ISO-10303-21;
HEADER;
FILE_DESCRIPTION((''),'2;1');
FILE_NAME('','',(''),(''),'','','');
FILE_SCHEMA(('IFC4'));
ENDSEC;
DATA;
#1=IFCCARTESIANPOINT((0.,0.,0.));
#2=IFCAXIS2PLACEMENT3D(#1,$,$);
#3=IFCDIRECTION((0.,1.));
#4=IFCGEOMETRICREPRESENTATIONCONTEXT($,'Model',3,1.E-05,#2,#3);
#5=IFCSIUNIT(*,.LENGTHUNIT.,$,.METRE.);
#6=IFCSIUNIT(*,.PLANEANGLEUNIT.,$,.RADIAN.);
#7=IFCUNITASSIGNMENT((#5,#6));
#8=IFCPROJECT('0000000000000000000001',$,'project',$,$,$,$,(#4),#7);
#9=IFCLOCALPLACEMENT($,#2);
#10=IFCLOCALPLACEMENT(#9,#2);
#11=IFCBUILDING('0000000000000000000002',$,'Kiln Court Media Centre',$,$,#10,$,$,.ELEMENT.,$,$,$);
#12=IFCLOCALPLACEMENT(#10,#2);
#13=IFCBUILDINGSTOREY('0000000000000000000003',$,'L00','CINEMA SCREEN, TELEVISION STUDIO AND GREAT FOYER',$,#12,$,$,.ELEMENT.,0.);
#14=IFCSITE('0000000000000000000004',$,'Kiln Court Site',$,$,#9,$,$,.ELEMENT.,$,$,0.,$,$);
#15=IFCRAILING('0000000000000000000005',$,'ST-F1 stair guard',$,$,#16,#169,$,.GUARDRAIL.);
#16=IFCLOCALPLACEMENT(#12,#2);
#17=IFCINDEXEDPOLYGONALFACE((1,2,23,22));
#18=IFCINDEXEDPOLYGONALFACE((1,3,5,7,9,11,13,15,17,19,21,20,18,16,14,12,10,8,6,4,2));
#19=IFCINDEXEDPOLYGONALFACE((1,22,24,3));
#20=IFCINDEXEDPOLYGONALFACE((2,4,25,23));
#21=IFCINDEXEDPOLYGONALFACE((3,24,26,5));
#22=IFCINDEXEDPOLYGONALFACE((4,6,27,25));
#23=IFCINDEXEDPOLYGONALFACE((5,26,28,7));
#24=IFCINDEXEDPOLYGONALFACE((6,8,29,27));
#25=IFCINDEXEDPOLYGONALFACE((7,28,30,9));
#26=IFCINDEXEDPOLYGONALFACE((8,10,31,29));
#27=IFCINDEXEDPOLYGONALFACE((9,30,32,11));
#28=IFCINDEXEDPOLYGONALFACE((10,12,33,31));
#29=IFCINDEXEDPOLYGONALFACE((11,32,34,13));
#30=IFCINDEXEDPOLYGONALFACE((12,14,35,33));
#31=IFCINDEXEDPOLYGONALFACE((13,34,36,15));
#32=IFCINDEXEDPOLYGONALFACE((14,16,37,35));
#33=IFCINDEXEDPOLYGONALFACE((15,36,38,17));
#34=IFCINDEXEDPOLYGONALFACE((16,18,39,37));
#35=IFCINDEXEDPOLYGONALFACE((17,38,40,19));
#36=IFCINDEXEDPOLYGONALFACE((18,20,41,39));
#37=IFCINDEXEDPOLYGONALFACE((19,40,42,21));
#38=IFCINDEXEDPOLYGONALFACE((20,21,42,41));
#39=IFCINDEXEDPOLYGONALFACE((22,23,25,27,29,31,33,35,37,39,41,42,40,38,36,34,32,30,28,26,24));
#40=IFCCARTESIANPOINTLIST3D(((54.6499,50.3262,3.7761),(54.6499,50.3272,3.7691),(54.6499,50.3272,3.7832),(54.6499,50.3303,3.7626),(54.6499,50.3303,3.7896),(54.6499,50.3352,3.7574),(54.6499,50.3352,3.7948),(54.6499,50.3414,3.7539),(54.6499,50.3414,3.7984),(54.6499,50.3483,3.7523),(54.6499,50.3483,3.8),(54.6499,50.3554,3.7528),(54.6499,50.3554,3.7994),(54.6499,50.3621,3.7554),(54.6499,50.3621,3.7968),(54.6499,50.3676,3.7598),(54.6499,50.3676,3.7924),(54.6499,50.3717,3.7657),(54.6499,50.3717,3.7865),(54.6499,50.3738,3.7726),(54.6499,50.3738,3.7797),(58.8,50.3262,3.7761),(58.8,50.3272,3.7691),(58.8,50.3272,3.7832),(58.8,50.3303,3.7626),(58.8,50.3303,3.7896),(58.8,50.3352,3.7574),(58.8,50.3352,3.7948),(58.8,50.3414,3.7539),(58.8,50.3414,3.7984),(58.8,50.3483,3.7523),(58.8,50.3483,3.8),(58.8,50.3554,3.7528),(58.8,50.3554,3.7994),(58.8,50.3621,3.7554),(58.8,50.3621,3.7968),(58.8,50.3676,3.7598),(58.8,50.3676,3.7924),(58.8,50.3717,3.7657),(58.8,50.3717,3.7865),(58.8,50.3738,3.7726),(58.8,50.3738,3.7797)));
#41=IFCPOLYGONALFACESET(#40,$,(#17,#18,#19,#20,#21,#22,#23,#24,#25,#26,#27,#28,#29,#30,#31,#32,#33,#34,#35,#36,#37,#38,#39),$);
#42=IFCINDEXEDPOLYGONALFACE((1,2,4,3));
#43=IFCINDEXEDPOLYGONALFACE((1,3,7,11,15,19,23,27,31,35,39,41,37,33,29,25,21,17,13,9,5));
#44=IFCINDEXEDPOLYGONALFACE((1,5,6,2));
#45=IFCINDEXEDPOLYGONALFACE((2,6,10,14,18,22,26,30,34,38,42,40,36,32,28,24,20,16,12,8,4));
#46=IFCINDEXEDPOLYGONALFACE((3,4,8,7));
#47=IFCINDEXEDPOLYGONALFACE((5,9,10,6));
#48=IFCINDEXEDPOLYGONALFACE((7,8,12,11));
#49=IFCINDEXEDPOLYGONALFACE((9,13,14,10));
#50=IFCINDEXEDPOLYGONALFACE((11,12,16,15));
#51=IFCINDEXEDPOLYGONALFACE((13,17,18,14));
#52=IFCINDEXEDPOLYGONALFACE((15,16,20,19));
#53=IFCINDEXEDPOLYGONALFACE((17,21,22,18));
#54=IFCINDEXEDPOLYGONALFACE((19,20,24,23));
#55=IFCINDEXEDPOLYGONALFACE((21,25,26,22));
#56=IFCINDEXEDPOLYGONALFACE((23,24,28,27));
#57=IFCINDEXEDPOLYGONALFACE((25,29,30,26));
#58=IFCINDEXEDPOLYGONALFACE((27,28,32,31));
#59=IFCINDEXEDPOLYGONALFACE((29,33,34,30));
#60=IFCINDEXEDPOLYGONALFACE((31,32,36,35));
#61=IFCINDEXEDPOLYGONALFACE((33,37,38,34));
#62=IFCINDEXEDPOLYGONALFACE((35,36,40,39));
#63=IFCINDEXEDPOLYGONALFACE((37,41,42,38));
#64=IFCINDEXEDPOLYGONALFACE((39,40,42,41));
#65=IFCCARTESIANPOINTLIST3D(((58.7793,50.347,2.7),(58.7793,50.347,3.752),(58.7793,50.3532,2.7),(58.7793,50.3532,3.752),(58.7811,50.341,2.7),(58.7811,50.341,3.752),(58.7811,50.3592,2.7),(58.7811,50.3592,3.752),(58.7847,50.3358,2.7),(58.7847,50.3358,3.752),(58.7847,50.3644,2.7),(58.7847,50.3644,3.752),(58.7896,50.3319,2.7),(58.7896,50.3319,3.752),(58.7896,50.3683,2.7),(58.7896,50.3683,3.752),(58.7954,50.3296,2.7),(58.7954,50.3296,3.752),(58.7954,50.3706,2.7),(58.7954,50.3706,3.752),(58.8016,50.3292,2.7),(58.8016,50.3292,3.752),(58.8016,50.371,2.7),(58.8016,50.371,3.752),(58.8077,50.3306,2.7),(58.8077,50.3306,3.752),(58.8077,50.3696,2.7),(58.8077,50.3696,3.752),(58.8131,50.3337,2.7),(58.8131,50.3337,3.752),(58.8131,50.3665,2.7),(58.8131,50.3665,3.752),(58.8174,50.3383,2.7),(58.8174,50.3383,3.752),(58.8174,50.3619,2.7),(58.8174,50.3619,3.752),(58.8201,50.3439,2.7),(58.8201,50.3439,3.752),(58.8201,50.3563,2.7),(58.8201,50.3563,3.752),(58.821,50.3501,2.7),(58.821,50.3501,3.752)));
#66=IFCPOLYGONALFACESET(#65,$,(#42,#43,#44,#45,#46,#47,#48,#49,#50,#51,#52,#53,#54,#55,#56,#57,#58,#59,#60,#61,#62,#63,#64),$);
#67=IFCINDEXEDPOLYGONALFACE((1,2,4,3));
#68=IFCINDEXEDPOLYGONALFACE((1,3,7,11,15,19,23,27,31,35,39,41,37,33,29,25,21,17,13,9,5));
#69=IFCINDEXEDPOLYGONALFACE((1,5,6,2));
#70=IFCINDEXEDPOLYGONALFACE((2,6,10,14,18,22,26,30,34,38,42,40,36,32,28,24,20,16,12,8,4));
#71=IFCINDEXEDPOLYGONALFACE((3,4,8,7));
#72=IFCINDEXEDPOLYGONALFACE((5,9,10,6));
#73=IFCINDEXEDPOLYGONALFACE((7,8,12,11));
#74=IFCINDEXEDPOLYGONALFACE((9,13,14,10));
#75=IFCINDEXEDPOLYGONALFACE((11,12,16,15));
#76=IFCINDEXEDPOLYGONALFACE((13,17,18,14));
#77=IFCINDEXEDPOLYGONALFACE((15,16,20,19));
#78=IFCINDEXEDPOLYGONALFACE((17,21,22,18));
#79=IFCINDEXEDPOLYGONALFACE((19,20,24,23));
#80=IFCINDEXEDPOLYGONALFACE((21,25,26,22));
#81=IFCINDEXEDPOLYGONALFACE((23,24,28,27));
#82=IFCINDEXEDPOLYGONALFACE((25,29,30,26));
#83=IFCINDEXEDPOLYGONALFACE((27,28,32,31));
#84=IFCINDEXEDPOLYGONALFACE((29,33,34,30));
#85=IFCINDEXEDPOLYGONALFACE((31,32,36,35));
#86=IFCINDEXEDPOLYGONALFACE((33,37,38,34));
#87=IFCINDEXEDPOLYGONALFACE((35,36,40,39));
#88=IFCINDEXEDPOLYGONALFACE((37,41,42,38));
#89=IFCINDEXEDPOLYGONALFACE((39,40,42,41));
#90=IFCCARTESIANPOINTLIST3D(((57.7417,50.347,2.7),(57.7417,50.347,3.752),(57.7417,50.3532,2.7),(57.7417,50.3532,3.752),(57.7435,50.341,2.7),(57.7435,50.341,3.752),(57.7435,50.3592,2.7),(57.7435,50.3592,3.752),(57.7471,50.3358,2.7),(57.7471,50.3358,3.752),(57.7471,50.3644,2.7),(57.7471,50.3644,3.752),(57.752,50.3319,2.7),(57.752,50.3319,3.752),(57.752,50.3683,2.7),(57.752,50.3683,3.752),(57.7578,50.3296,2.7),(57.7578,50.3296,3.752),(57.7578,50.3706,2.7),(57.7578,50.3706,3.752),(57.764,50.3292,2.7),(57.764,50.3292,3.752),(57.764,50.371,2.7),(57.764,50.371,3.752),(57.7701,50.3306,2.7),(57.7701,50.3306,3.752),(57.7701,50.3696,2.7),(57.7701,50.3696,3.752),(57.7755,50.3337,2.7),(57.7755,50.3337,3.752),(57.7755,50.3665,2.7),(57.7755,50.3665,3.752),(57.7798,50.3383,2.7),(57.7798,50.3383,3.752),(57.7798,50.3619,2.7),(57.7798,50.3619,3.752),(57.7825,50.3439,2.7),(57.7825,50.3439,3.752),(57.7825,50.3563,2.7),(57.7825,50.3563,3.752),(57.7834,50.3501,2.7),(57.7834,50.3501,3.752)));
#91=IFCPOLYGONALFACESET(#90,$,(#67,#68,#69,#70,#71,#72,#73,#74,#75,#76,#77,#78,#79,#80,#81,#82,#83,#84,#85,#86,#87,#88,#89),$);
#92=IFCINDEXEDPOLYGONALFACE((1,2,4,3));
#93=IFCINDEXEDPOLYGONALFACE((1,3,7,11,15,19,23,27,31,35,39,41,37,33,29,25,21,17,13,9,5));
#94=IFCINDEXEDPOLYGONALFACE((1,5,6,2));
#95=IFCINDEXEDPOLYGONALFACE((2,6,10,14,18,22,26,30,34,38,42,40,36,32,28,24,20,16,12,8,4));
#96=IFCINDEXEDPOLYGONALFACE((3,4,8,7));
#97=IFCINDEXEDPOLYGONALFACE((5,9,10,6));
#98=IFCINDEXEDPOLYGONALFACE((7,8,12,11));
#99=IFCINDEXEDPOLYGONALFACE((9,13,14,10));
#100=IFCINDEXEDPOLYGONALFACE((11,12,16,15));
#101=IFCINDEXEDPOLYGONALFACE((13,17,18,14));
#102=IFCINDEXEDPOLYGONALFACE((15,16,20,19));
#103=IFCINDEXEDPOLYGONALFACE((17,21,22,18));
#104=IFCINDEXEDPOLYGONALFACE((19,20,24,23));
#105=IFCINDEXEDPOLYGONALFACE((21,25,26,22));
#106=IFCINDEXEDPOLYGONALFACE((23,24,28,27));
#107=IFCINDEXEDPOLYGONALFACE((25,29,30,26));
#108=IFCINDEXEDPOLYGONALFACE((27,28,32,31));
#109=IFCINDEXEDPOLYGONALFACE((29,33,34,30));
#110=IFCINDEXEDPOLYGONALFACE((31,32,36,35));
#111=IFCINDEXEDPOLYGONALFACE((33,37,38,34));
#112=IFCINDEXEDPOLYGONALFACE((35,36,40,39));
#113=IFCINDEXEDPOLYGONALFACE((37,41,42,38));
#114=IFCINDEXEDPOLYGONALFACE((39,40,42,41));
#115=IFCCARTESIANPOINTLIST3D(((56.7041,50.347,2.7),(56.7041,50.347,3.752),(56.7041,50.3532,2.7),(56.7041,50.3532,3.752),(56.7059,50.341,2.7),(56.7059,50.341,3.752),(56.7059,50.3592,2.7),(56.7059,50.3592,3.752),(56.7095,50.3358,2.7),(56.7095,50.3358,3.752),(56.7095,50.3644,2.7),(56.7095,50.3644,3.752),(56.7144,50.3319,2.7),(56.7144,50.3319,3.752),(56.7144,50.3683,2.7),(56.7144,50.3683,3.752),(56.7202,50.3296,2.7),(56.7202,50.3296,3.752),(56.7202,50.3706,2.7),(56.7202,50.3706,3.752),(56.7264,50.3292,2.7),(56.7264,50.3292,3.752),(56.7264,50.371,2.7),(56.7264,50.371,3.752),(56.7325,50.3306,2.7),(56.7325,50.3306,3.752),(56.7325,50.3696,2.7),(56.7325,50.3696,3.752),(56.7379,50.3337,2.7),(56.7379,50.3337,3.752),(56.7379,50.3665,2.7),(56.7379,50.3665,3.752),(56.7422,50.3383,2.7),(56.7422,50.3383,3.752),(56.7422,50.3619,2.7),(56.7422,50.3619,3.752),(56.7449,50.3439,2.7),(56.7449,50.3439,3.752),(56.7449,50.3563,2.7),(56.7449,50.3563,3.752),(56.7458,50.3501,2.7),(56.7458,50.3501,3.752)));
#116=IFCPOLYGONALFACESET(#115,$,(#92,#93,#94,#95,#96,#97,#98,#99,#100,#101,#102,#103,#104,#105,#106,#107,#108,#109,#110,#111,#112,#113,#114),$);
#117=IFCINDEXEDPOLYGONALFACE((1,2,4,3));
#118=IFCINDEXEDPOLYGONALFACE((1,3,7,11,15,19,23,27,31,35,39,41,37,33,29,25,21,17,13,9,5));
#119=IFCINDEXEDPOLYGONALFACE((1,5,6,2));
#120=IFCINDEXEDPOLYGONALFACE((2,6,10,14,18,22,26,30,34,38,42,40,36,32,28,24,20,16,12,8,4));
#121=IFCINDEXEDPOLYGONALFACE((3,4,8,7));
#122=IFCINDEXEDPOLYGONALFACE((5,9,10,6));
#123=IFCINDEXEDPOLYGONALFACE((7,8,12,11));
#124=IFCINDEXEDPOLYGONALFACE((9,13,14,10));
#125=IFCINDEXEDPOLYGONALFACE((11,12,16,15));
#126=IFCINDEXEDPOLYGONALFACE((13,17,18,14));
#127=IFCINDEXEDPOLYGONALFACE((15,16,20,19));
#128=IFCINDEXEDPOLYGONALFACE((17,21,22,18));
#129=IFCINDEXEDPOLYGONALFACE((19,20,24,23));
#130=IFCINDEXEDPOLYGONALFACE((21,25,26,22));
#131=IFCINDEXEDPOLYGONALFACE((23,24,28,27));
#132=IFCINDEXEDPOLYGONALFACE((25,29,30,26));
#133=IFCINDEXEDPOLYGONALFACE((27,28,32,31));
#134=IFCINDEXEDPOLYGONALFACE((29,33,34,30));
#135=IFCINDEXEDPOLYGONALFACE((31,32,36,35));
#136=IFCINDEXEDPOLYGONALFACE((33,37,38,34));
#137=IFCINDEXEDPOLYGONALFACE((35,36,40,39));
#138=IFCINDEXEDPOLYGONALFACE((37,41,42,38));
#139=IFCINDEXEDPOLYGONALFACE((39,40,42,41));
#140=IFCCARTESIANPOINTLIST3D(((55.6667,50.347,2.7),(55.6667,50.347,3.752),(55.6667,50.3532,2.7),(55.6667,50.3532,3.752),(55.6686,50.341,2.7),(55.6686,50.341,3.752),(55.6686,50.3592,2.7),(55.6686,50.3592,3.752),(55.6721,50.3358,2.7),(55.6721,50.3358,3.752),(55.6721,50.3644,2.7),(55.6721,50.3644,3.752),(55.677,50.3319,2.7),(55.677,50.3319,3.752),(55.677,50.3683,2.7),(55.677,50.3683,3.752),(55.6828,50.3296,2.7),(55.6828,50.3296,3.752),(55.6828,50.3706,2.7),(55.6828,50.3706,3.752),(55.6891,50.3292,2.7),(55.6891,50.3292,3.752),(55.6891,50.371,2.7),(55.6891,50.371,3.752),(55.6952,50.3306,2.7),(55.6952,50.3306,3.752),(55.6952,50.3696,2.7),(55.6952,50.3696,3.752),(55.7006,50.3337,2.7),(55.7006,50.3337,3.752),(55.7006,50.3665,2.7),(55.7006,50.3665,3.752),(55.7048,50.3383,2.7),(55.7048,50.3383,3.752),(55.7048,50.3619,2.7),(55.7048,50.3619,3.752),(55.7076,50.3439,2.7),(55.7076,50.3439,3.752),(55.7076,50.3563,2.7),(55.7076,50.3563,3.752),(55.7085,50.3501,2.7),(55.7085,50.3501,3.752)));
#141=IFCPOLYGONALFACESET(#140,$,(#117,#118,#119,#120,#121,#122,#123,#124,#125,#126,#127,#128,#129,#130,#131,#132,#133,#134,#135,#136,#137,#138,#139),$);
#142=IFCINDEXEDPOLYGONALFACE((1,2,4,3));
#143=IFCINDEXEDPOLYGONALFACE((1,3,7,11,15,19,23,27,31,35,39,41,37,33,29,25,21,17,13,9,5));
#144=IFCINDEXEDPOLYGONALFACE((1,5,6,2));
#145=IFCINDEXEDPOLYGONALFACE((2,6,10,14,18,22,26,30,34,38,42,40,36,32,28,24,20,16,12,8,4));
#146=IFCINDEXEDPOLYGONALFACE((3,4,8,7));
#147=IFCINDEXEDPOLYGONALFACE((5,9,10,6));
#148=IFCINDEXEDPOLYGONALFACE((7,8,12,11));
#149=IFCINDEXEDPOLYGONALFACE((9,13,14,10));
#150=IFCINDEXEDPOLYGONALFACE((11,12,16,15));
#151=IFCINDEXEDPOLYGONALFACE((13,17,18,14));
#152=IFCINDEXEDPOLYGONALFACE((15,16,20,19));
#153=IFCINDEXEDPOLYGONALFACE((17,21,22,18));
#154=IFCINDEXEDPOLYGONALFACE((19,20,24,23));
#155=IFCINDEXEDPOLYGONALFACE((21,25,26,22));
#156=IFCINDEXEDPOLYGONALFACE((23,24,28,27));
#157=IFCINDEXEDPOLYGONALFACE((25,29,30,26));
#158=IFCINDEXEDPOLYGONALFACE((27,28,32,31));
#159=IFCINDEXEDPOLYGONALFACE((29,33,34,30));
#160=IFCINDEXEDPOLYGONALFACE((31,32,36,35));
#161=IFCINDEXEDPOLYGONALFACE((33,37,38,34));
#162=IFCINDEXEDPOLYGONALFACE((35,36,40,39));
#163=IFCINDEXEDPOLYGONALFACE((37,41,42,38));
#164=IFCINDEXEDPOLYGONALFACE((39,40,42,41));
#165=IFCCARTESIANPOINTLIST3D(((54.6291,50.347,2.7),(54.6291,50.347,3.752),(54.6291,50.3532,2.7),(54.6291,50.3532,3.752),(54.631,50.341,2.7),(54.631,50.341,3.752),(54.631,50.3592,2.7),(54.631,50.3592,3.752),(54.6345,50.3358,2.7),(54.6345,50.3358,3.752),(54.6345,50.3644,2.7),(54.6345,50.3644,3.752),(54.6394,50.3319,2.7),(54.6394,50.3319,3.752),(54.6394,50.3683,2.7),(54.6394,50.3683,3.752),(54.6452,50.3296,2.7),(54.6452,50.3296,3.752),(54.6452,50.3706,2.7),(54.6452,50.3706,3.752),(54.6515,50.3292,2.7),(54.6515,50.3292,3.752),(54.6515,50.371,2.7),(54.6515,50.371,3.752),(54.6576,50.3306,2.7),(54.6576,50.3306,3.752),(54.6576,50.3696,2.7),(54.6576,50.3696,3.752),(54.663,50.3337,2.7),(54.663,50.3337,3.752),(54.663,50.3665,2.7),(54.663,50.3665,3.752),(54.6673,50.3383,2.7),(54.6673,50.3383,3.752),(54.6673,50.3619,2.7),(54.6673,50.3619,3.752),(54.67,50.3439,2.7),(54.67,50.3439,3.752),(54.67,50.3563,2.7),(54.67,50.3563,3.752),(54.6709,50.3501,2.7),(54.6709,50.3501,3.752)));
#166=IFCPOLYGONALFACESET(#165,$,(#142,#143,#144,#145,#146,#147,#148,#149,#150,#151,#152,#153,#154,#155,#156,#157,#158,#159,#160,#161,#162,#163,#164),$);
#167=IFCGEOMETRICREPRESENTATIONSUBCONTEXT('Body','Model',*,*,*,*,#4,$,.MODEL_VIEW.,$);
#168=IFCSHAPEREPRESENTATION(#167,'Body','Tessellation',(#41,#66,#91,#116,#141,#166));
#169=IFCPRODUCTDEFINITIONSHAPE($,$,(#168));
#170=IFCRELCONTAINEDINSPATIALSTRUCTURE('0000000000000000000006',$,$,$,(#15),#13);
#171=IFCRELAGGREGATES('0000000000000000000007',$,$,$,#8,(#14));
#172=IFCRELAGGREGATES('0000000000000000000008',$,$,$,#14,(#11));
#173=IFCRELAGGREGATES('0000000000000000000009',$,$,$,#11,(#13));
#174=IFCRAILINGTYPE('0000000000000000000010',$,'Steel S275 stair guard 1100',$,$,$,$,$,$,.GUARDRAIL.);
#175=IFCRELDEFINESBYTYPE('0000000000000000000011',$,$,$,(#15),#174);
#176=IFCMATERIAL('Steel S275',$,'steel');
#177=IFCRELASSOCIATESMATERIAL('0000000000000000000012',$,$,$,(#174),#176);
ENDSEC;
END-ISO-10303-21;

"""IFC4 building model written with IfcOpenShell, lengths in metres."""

from ifc_helpers import new_model, si_unit, direction, frame, origin, origin_2d, place, context, subcontext, project, spatial, circle, extrude, material, type_object, element, save


model = new_model("IFC4")

# Units and contexts
model_context = context("Model", 3, precision=1e-05, world=origin(), true_north=direction((0.0, 1.0)))
body_context = subcontext(model_context, "Body", "Model", "MODEL_VIEW")
ifc_project = project(units=[si_unit("LENGTHUNIT", "METRE"), si_unit("PLANEANGLEUNIT", "RADIAN")], contexts=[model_context])

# Site, building, storey
site_placement = place(None, origin())
site = spatial("IfcSite", under=ifc_project, at=site_placement, Name="Kiln Court Site", CompositionType="ELEMENT", RefElevation=0.0)
building_placement = place(site_placement, origin())
building = spatial("IfcBuilding", under=site, at=building_placement, Name="Kiln Court Media Centre", CompositionType="ELEMENT")
storey_placement = place(building_placement, origin())
storey = spatial("IfcBuildingStorey", under=building, at=storey_placement, Name="L00", Description="CINEMA SCREEN, TELEVISION STUDIO AND GREAT FOYER", CompositionType="ELEMENT", Elevation=0.0)

# Railing
ifc_material_1 = material(Name="Steel S275", Category="steel")
railing_type = type_object("IfcRailingType", Name="Steel S275 stair guard 1100", PredefinedType="GUARDRAIL", material=ifc_material_1)
railing_placement = place(storey_placement, frame((58.8, 50.3501, 2.7)))
element("IfcRailing", 1, at=railing_placement, inside=storey, type_object=railing_type, Name="ST-F1 stair guard", PredefinedType="GUARDRAIL", context=body_context, shape_type="SweptSolid", body=[
    extrude(circle(Radius=0.0239, at=origin_2d()), frame((0.0, 0.0, 1.0762), z_axis=(-1.0, 0.0, 0.0), x_axis=(0.0, -1.0, 0.0)), (0.0, 0.0, 1.0), 4.1501),
    extrude(circle(Radius=0.021, at=origin_2d()), origin(), (0.0, 0.0, 1.0), 1.052),
    extrude(circle(Radius=0.021, at=origin_2d()), frame((-1.0376, 0.0, 0.0)), (0.0, 0.0, 1.0), 1.052),
    extrude(circle(Radius=0.021, at=origin_2d()), frame((-2.0752, 0.0, 0.0)), (0.0, 0.0, 1.0), 1.052),
    extrude(circle(Radius=0.021, at=origin_2d()), frame((-3.1125, 0.0, 0.0)), (0.0, 0.0, 1.0), 1.052),
    extrude(circle(Radius=0.021, at=origin_2d()), frame((-4.1501, 0.0, 0.0)), (0.0, 0.0, 1.0), 1.052),
])

save(model, "model.ifc")
